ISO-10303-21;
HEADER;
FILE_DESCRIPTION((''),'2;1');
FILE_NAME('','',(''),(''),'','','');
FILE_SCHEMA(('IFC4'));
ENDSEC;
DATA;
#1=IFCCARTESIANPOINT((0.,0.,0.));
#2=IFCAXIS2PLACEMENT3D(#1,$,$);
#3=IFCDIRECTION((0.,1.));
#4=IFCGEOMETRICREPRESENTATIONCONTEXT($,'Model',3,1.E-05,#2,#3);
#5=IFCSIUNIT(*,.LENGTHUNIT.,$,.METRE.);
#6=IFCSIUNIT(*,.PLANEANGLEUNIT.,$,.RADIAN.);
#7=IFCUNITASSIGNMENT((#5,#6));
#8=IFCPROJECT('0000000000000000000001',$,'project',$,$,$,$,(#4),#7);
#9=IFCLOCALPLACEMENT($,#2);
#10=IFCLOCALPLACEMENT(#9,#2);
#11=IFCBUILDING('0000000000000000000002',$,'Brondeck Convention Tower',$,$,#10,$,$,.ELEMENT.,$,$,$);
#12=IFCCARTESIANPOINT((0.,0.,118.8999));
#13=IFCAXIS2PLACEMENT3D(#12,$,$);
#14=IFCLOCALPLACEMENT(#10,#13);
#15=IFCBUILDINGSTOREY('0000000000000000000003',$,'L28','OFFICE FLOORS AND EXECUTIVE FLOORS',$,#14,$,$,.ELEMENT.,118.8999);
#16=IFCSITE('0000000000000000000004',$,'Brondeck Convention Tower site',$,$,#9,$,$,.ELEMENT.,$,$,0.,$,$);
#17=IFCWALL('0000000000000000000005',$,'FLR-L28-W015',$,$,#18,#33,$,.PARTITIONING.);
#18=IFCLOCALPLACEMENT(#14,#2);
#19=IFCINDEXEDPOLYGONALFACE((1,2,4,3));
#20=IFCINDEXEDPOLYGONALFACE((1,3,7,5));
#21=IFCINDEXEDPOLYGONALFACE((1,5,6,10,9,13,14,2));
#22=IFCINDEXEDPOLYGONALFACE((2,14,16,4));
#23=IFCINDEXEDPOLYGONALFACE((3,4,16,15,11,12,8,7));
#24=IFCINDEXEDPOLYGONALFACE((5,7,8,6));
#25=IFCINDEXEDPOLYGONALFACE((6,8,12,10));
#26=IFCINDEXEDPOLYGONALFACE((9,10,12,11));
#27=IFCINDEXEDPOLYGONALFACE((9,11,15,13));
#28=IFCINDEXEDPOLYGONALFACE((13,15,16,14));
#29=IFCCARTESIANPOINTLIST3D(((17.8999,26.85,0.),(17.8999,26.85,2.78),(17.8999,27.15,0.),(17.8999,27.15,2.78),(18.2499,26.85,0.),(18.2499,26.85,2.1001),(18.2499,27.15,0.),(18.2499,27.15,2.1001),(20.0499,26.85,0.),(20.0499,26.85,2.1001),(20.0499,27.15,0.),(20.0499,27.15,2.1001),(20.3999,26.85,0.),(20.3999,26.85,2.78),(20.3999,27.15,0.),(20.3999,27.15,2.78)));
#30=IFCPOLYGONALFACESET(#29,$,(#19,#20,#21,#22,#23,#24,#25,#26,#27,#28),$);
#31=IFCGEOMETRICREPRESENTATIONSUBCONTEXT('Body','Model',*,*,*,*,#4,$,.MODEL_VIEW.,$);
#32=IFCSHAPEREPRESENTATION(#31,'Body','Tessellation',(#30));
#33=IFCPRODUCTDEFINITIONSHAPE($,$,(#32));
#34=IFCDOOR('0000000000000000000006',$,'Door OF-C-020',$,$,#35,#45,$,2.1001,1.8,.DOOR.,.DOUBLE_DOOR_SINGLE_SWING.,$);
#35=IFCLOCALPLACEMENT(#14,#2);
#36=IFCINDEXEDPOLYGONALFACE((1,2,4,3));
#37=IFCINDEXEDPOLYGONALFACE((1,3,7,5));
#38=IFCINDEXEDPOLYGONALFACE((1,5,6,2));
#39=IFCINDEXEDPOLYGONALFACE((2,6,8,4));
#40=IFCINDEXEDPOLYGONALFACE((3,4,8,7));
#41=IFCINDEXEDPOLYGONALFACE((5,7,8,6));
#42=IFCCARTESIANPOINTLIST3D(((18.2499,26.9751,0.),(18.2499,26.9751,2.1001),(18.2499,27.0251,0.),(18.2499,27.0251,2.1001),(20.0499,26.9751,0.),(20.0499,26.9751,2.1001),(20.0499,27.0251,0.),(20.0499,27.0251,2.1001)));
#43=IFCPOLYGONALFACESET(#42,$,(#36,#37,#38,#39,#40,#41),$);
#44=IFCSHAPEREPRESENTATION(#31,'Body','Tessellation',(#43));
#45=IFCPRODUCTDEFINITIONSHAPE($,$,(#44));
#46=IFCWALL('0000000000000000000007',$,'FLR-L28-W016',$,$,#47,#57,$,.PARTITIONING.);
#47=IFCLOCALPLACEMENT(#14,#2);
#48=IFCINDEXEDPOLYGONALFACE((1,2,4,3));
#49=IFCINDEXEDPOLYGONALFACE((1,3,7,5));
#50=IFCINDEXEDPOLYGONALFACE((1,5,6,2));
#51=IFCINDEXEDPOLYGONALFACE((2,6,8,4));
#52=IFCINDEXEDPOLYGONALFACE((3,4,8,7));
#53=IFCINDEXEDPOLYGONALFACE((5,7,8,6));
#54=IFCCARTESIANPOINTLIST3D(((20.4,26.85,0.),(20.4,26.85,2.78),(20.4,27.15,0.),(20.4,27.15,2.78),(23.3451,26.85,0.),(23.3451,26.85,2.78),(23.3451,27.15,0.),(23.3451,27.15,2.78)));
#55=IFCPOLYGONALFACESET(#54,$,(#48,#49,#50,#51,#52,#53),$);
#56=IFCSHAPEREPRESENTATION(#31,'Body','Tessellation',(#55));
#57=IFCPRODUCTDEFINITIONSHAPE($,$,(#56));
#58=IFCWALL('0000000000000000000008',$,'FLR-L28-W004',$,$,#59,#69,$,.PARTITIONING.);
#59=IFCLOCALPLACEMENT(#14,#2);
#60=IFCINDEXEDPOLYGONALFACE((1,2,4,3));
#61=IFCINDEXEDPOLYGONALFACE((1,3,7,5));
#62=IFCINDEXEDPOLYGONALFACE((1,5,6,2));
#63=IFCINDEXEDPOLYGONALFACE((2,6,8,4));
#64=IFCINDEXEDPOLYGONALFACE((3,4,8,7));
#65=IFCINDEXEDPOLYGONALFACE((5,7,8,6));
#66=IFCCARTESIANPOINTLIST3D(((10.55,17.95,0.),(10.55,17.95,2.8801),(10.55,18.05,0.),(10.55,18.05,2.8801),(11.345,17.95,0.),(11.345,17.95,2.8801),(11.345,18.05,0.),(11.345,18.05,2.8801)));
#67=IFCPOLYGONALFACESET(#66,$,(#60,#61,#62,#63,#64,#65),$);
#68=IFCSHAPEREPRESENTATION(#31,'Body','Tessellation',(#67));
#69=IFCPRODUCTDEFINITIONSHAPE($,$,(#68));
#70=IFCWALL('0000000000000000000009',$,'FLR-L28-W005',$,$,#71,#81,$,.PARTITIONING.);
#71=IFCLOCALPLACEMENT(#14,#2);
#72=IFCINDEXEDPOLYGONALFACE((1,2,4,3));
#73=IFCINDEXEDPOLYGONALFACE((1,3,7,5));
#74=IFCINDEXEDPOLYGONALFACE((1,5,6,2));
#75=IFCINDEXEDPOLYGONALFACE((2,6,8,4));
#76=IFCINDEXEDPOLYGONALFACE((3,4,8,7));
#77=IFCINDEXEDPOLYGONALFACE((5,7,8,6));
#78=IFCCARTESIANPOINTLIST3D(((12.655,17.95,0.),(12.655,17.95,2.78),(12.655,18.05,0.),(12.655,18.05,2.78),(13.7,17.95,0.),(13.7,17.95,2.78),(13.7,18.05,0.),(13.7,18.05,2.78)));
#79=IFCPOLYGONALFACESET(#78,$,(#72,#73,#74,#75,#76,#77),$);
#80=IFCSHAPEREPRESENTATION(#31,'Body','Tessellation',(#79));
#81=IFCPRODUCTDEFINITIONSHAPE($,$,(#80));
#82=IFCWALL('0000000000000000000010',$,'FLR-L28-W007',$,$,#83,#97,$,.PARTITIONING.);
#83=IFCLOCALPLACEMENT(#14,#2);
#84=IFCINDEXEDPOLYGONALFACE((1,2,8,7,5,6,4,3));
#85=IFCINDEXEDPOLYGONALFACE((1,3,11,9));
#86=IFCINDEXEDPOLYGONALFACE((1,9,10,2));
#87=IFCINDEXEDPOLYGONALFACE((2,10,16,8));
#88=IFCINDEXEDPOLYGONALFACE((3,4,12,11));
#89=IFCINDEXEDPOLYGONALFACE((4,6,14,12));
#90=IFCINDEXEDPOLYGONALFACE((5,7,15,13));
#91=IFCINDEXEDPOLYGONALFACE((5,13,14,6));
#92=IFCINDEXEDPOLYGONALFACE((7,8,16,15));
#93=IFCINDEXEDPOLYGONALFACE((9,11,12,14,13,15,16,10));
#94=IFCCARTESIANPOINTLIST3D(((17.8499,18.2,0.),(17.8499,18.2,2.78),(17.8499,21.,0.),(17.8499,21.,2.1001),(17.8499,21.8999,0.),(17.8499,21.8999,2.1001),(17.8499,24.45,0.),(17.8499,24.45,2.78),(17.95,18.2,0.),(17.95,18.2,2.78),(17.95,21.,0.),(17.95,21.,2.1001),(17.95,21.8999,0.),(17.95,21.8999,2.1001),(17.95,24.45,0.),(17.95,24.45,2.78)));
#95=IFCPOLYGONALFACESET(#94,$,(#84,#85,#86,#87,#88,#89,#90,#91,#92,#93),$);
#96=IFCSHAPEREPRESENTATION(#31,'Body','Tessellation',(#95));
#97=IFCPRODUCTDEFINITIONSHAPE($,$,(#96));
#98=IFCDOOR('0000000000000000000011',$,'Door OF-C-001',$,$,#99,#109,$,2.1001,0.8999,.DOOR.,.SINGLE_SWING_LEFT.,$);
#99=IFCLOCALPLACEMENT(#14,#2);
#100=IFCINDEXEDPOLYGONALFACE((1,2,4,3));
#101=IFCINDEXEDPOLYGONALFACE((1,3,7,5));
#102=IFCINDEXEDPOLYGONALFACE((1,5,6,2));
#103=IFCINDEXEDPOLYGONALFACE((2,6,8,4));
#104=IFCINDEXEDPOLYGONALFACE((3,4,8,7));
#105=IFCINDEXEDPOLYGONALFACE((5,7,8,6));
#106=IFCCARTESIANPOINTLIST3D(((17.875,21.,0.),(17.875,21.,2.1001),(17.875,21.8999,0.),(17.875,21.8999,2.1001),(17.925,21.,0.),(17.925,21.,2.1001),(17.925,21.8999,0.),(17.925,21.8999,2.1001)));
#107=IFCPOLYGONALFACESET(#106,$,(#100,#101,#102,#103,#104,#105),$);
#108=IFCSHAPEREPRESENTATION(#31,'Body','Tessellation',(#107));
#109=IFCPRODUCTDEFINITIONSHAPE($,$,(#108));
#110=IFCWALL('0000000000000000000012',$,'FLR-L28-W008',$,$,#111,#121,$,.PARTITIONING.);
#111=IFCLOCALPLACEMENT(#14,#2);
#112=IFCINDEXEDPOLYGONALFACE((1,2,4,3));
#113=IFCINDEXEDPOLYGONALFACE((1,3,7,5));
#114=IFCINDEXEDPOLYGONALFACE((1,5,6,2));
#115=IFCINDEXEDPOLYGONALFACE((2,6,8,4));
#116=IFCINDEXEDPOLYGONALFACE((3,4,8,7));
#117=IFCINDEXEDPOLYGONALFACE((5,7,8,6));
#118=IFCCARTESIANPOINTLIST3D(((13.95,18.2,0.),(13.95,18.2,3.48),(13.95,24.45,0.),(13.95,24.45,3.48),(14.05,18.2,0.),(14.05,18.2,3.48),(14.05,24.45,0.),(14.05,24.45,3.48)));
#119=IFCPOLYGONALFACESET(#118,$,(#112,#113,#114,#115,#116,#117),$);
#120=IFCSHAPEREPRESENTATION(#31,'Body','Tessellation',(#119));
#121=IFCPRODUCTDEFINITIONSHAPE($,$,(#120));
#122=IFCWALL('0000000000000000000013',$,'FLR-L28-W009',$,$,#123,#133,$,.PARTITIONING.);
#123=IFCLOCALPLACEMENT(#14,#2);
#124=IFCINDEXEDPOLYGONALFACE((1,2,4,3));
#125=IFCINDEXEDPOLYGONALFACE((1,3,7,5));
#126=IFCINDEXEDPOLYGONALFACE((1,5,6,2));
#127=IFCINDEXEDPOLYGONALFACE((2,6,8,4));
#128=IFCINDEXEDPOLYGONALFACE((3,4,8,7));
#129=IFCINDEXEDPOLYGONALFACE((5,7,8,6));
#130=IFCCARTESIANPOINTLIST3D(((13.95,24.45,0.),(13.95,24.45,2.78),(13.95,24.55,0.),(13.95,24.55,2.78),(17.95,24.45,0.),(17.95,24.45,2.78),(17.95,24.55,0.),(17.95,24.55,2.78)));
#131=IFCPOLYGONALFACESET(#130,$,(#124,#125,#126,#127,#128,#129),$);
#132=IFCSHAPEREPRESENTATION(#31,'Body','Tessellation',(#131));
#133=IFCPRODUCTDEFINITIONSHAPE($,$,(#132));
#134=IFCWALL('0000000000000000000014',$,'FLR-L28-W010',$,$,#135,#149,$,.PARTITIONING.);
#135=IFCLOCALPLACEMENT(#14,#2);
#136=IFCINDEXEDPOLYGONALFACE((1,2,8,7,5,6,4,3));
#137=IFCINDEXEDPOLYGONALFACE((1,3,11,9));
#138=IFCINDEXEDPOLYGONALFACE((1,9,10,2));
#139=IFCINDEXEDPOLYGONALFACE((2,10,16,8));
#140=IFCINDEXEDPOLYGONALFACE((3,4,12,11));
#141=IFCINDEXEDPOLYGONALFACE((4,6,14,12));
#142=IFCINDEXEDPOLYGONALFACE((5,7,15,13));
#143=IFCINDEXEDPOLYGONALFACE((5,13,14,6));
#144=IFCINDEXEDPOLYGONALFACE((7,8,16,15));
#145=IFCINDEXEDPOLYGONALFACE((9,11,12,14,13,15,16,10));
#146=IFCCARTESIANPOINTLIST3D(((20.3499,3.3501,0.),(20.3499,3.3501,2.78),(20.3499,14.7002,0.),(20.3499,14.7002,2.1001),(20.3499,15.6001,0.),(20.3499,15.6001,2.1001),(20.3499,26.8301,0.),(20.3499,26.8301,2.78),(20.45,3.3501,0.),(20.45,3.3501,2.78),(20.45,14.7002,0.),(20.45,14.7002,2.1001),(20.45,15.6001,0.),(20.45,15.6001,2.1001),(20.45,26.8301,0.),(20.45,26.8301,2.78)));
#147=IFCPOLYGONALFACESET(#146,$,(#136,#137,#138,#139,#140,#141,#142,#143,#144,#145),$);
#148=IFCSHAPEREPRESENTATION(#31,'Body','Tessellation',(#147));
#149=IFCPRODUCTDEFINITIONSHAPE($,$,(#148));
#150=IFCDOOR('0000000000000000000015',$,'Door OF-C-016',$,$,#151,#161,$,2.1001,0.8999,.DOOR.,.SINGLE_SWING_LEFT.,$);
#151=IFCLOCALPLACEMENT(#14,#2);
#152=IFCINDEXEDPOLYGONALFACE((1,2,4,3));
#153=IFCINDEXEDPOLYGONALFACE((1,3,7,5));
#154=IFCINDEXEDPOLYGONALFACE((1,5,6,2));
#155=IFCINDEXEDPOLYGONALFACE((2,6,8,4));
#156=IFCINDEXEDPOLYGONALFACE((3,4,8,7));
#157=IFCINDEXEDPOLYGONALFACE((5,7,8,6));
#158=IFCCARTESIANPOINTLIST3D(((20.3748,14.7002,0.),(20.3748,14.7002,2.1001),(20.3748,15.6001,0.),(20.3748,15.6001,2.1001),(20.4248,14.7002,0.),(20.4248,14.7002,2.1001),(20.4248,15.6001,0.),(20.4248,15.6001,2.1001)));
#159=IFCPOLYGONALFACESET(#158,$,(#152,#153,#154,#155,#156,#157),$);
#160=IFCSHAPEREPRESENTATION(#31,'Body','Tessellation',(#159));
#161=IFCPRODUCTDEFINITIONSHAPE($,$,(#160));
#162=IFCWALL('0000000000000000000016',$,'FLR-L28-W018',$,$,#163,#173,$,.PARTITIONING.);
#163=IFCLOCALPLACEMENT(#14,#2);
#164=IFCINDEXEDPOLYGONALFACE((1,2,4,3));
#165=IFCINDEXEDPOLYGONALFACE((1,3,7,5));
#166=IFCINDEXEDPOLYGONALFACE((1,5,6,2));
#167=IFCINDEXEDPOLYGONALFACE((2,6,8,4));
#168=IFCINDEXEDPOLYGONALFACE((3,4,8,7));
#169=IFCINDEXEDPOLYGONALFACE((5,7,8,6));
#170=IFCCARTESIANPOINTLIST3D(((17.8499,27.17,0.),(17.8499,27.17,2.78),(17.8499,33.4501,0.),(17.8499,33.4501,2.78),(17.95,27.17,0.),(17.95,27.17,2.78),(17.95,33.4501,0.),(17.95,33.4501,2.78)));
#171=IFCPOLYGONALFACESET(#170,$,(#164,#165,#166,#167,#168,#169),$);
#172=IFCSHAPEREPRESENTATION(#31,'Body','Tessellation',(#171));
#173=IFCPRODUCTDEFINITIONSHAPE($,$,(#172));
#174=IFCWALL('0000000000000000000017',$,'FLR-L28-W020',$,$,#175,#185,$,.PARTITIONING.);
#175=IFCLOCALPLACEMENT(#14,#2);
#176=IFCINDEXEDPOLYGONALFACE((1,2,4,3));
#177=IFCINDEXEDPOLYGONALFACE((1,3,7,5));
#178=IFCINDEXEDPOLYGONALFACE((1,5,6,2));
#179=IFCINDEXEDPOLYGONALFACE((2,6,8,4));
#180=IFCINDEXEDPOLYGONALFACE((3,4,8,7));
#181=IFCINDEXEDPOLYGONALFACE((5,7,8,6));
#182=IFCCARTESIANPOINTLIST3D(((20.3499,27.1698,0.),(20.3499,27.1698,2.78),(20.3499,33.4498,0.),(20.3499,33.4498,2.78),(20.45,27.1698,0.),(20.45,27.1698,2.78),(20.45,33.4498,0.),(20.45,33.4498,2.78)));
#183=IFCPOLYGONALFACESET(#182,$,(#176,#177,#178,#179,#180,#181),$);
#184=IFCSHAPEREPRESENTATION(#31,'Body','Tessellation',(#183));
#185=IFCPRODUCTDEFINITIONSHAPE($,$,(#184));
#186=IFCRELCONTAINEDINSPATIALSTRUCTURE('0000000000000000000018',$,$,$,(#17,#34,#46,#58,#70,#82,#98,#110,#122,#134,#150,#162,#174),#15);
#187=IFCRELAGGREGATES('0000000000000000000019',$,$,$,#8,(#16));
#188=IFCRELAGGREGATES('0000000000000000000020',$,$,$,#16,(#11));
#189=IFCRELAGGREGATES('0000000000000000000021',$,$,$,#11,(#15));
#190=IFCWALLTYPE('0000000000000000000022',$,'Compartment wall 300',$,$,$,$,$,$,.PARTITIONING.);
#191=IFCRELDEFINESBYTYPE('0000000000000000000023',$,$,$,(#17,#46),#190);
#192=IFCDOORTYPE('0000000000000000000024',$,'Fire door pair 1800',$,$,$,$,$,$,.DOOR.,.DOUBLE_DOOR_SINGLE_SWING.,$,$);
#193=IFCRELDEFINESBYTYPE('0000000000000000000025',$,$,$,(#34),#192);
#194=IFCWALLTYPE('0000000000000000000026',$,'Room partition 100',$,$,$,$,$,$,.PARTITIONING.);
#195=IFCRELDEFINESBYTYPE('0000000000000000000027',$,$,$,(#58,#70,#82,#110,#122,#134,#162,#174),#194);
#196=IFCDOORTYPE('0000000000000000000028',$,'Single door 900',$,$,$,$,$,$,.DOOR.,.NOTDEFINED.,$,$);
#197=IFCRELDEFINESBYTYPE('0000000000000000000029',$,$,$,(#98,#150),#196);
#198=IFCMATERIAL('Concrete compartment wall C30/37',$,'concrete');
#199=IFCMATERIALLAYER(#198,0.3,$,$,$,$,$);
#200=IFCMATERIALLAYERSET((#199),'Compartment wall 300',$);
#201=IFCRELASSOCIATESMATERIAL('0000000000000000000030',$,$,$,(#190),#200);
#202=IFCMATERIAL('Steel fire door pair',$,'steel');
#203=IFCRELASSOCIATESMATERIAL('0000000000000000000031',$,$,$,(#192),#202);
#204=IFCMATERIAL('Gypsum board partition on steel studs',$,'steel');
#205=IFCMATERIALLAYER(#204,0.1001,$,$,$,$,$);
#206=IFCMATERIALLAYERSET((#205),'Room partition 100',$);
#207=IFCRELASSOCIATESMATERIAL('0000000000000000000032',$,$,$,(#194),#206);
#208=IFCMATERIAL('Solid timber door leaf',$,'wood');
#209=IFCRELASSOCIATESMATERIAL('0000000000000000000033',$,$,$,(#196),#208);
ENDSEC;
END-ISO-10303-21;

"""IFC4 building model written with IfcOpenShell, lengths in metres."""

from ifc_helpers import new_model, si_unit, direction, frame, frame_2d, origin, place, context, subcontext, project, spatial, rectangle, extrude, material, layer, layer_set, type_object, element, fill, save


model = new_model("IFC4")

# Units and contexts
model_context = context("Model", 3, precision=1e-05, world=origin(), true_north=direction((0.0, 1.0)))
body_context = subcontext(model_context, "Body", "Model", "MODEL_VIEW")
ifc_project = project(units=[si_unit("LENGTHUNIT", "METRE"), si_unit("PLANEANGLEUNIT", "RADIAN")], contexts=[model_context])

# Site, building, storey
site_placement = place(None, origin())
site = spatial("IfcSite", under=ifc_project, at=site_placement, Name="Brondeck Convention Tower site", CompositionType="ELEMENT", RefElevation=0.0)
building_placement = place(site_placement, origin())
building = spatial("IfcBuilding", under=site, at=building_placement, Name="Brondeck Convention Tower", CompositionType="ELEMENT")
storey_placement = place(building_placement, frame((0.0, 0.0, 118.8999)))
storey = spatial("IfcBuildingStorey", under=building, at=storey_placement, Name="L28", Description="OFFICE FLOORS AND EXECUTIVE FLOORS", CompositionType="ELEMENT", Elevation=118.8999)

# Shared definitions
ifc_material_1 = material(Name="Concrete compartment wall C30/37", Category="concrete")
ifc_layer_1 = layer(ifc_material_1, 0.3)
ifc_layer_set_1 = layer_set([ifc_layer_1], Name="Compartment wall 300")
wall_type_1 = type_object("IfcWallType", Name="Compartment wall 300", PredefinedType="PARTITIONING", material=ifc_layer_set_1)

# Wall, opening, door
wall_1_placement = place(storey_placement, frame((20.3999, 27.0, 0.0), z_axis=(0.0, 0.0, 1.0), x_axis=(-1.0, 0.0, 0.0)))
wall_1 = element("IfcWall", 1, at=wall_1_placement, inside=storey, type_object=wall_type_1, Name="FLR-L28-W015", PredefinedType="PARTITIONING", context=body_context, shape_type="SweptSolid", body=[
    extrude(rectangle(XDim=2.5, YDim=0.3, at=frame_2d((1.25, 0.0))), origin(), (0.0, 0.0, 1.0), 2.78),
])
opening_1_placement = place(wall_1_placement, frame((0.3501, 0.0, 0.0)))
opening_1 = element("IfcOpeningElement", 2, at=opening_1_placement, cuts=wall_1, PredefinedType="OPENING", context=body_context, shape_type="SweptSolid", body=[
    extrude(rectangle(XDim=1.8, YDim=2.1001, at=frame_2d((0.8999, 1.05))), frame((0.0, 0.1599, 0.0), z_axis=(0.0, -1.0, 0.0), x_axis=(1.0, 0.0, 0.0)), (0.0, 0.0, 1.0), 0.3201),
])
ifc_material_2 = material(Name="Steel fire door pair", Category="steel")
door_type_1 = type_object("IfcDoorType", Name="Fire door pair 1800", OperationType="DOUBLE_DOOR_SINGLE_SWING", PredefinedType="DOOR", material=ifc_material_2)
door_1_placement = place(opening_1_placement, origin())
door_1 = element("IfcDoor", 3, at=door_1_placement, inside=storey, type_object=door_type_1, Name="Door OF-C-020", OperationType="DOUBLE_DOOR_SINGLE_SWING", OverallHeight=2.1001, OverallWidth=1.8, PredefinedType="DOOR", context=body_context, shape_type="SweptSolid", body=[
    extrude(rectangle(XDim=1.8, YDim=2.1001, at=frame_2d((0.8999, 1.05))), frame((0.0, 0.0249, 0.0), z_axis=(0.0, -1.0, 0.0), x_axis=(1.0, 0.0, 0.0)), (0.0, 0.0, 1.0), 0.05),
])
fill(opening_1, door_1)

# Walls
wall_2_placement = place(storey_placement, frame((20.3999, 27.0, 0.0), z_axis=(0.0, 0.0, 1.0), x_axis=(1.0, 0.0, 0.0)))
element("IfcWall", 4, at=wall_2_placement, inside=storey, type_object=wall_type_1, Name="FLR-L28-W016", PredefinedType="PARTITIONING", context=body_context, shape_type="SweptSolid", body=[
    extrude(rectangle(XDim=2.9451, YDim=0.3, at=frame_2d((1.4727, 0.0))), origin(), (0.0, 0.0, 1.0), 2.78),
])
ifc_material_3 = material(Name="Gypsum board partition on steel studs", Category="steel")
ifc_layer_2 = layer(ifc_material_3, 0.1001)
ifc_layer_set_2 = layer_set([ifc_layer_2], Name="Room partition 100")
wall_type_2 = type_object("IfcWallType", Name="Room partition 100", PredefinedType="PARTITIONING", material=ifc_layer_set_2)
wall_3_placement = place(storey_placement, frame((11.345, 18.0, 0.0), z_axis=(0.0, 0.0, 1.0), x_axis=(-1.0, 0.0, 0.0)))
element("IfcWall", 5, at=wall_3_placement, inside=storey, type_object=wall_type_2, Name="FLR-L28-W004", PredefinedType="PARTITIONING", context=body_context, shape_type="SweptSolid", body=[
    extrude(rectangle(XDim=0.7949, YDim=0.1001, at=frame_2d((0.3975, 0.0))), origin(), (0.0, 0.0, 1.0), 2.8801),
])
wall_4_placement = place(storey_placement, frame((13.7, 18.0, 0.0), z_axis=(0.0, 0.0, 1.0), x_axis=(-1.0, 0.0, 0.0)))
element("IfcWall", 6, at=wall_4_placement, inside=storey, type_object=wall_type_2, Name="FLR-L28-W005", PredefinedType="PARTITIONING", context=body_context, shape_type="SweptSolid", body=[
    extrude(rectangle(XDim=1.0449, YDim=0.1001, at=frame_2d((0.5225, 0.0))), origin(), (0.0, 0.0, 1.0), 2.78),
])

# Wall, opening, door
wall_5_placement = place(storey_placement, frame((17.8999, 18.2, 0.0), z_axis=(0.0, 0.0, 1.0), x_axis=(0.0, 1.0, 0.0)))
wall_5 = element("IfcWall", 7, at=wall_5_placement, inside=storey, type_object=wall_type_2, Name="FLR-L28-W007", PredefinedType="PARTITIONING", context=body_context, shape_type="SweptSolid", body=[
    extrude(rectangle(XDim=6.25, YDim=0.1001, at=frame_2d((3.125, 0.0))), origin(), (0.0, 0.0, 1.0), 2.78),
])
opening_2_placement = place(wall_5_placement, frame((2.8, 0.0, 0.0)))
opening_2 = element("IfcOpeningElement", 8, at=opening_2_placement, cuts=wall_5, PredefinedType="OPENING", context=body_context, shape_type="SweptSolid", body=[
    extrude(rectangle(XDim=0.8999, YDim=2.1001, at=frame_2d((0.45, 1.05))), frame((0.0, 0.0601, 0.0), z_axis=(0.0, -1.0, 0.0), x_axis=(1.0, 0.0, 0.0)), (0.0, 0.0, 1.0), 0.1201),
])
ifc_material_4 = material(Name="Solid timber door leaf", Category="wood")
door_type_2 = type_object("IfcDoorType", Name="Single door 900", OperationType="NOTDEFINED", PredefinedType="DOOR", material=ifc_material_4)
door_2_placement = place(opening_2_placement, origin())
door_2 = element("IfcDoor", 9, at=door_2_placement, inside=storey, type_object=door_type_2, Name="Door OF-C-001", OperationType="SINGLE_SWING_LEFT", OverallHeight=2.1001, OverallWidth=0.8999, PredefinedType="DOOR", context=body_context, shape_type="SweptSolid", body=[
    extrude(rectangle(XDim=0.8999, YDim=2.1001, at=frame_2d((0.45, 1.05))), frame((0.0, 0.0249, 0.0), z_axis=(0.0, -1.0, 0.0), x_axis=(1.0, 0.0, 0.0)), (0.0, 0.0, 1.0), 0.05),
])
fill(opening_2, door_2)

# Walls
wall_6_placement = place(storey_placement, frame((14.0, 24.45, 0.0), z_axis=(0.0, 0.0, 1.0), x_axis=(0.0, -1.0, 0.0)))
element("IfcWall", 10, at=wall_6_placement, inside=storey, type_object=wall_type_2, Name="FLR-L28-W008", PredefinedType="PARTITIONING", context=body_context, shape_type="SweptSolid", body=[
    extrude(rectangle(XDim=6.25, YDim=0.1001, at=frame_2d((3.125, 0.0))), origin(), (0.0, 0.0, 1.0), 3.48),
])
wall_7_placement = place(storey_placement, frame((17.95, 24.5, 0.0), z_axis=(0.0, 0.0, 1.0), x_axis=(-1.0, 0.0, 0.0)))
element("IfcWall", 11, at=wall_7_placement, inside=storey, type_object=wall_type_2, Name="FLR-L28-W009", PredefinedType="PARTITIONING", context=body_context, shape_type="SweptSolid", body=[
    extrude(rectangle(XDim=4.0, YDim=0.1001, at=frame_2d((2.0, 0.0))), origin(), (0.0, 0.0, 1.0), 2.78),
])

# Wall, opening, door
wall_8_placement = place(storey_placement, frame((20.3999, 26.8301, 0.0), z_axis=(0.0, 0.0, 1.0), x_axis=(0.0, -1.0, 0.0)))
wall_8 = element("IfcWall", 12, at=wall_8_placement, inside=storey, type_object=wall_type_2, Name="FLR-L28-W010", PredefinedType="PARTITIONING", context=body_context, shape_type="SweptSolid", body=[
    extrude(rectangle(XDim=23.48, YDim=0.1001, at=frame_2d((11.74, 0.0))), origin(), (0.0, 0.0, 1.0), 2.78),
])
opening_3_placement = place(wall_8_placement, frame((11.23, 0.0, 0.0)))
opening_3 = element("IfcOpeningElement", 13, at=opening_3_placement, cuts=wall_8, PredefinedType="OPENING", context=body_context, shape_type="SweptSolid", body=[
    extrude(rectangle(XDim=0.8999, YDim=2.1001, at=frame_2d((0.45, 1.05))), frame((0.0, 0.0601, 0.0), z_axis=(0.0, -1.0, 0.0), x_axis=(1.0, 0.0, 0.0)), (0.0, 0.0, 1.0), 0.1201),
])
door_3_placement = place(opening_3_placement, origin())
door_3 = element("IfcDoor", 14, at=door_3_placement, inside=storey, type_object=door_type_2, Name="Door OF-C-016", OperationType="SINGLE_SWING_LEFT", OverallHeight=2.1001, OverallWidth=0.8999, PredefinedType="DOOR", context=body_context, shape_type="SweptSolid", body=[
    extrude(rectangle(XDim=0.8999, YDim=2.1001, at=frame_2d((0.45, 1.05))), frame((0.0, 0.0249, 0.0), z_axis=(0.0, -1.0, 0.0), x_axis=(1.0, 0.0, 0.0)), (0.0, 0.0, 1.0), 0.05),
])
fill(opening_3, door_3)

# Walls
for number, where, z_axis, x_axis, name in (
    (15, (17.8999, 27.1699, 0.0), (0.0, 0.0, 1.0), (0.0, 1.0, 0.0), "FLR-L28-W018"),
    (16, (20.3999, 33.45, 0.0), (0.0, 0.0, 1.0), (0.0, -1.0, 0.0), "FLR-L28-W020"),
):
    element("IfcWall", number, at=place(storey_placement, frame(where, z_axis=z_axis, x_axis=x_axis)), inside=storey, type_object=wall_type_2, Name=name, PredefinedType="PARTITIONING", context=body_context, shape_type="SweptSolid", body=[
        extrude(rectangle(XDim=6.28, YDim=0.1001, at=frame_2d((3.1401, 0.0))), origin(), (0.0, 0.0, 1.0), 2.78),
    ])

save(model, "model.ifc")
